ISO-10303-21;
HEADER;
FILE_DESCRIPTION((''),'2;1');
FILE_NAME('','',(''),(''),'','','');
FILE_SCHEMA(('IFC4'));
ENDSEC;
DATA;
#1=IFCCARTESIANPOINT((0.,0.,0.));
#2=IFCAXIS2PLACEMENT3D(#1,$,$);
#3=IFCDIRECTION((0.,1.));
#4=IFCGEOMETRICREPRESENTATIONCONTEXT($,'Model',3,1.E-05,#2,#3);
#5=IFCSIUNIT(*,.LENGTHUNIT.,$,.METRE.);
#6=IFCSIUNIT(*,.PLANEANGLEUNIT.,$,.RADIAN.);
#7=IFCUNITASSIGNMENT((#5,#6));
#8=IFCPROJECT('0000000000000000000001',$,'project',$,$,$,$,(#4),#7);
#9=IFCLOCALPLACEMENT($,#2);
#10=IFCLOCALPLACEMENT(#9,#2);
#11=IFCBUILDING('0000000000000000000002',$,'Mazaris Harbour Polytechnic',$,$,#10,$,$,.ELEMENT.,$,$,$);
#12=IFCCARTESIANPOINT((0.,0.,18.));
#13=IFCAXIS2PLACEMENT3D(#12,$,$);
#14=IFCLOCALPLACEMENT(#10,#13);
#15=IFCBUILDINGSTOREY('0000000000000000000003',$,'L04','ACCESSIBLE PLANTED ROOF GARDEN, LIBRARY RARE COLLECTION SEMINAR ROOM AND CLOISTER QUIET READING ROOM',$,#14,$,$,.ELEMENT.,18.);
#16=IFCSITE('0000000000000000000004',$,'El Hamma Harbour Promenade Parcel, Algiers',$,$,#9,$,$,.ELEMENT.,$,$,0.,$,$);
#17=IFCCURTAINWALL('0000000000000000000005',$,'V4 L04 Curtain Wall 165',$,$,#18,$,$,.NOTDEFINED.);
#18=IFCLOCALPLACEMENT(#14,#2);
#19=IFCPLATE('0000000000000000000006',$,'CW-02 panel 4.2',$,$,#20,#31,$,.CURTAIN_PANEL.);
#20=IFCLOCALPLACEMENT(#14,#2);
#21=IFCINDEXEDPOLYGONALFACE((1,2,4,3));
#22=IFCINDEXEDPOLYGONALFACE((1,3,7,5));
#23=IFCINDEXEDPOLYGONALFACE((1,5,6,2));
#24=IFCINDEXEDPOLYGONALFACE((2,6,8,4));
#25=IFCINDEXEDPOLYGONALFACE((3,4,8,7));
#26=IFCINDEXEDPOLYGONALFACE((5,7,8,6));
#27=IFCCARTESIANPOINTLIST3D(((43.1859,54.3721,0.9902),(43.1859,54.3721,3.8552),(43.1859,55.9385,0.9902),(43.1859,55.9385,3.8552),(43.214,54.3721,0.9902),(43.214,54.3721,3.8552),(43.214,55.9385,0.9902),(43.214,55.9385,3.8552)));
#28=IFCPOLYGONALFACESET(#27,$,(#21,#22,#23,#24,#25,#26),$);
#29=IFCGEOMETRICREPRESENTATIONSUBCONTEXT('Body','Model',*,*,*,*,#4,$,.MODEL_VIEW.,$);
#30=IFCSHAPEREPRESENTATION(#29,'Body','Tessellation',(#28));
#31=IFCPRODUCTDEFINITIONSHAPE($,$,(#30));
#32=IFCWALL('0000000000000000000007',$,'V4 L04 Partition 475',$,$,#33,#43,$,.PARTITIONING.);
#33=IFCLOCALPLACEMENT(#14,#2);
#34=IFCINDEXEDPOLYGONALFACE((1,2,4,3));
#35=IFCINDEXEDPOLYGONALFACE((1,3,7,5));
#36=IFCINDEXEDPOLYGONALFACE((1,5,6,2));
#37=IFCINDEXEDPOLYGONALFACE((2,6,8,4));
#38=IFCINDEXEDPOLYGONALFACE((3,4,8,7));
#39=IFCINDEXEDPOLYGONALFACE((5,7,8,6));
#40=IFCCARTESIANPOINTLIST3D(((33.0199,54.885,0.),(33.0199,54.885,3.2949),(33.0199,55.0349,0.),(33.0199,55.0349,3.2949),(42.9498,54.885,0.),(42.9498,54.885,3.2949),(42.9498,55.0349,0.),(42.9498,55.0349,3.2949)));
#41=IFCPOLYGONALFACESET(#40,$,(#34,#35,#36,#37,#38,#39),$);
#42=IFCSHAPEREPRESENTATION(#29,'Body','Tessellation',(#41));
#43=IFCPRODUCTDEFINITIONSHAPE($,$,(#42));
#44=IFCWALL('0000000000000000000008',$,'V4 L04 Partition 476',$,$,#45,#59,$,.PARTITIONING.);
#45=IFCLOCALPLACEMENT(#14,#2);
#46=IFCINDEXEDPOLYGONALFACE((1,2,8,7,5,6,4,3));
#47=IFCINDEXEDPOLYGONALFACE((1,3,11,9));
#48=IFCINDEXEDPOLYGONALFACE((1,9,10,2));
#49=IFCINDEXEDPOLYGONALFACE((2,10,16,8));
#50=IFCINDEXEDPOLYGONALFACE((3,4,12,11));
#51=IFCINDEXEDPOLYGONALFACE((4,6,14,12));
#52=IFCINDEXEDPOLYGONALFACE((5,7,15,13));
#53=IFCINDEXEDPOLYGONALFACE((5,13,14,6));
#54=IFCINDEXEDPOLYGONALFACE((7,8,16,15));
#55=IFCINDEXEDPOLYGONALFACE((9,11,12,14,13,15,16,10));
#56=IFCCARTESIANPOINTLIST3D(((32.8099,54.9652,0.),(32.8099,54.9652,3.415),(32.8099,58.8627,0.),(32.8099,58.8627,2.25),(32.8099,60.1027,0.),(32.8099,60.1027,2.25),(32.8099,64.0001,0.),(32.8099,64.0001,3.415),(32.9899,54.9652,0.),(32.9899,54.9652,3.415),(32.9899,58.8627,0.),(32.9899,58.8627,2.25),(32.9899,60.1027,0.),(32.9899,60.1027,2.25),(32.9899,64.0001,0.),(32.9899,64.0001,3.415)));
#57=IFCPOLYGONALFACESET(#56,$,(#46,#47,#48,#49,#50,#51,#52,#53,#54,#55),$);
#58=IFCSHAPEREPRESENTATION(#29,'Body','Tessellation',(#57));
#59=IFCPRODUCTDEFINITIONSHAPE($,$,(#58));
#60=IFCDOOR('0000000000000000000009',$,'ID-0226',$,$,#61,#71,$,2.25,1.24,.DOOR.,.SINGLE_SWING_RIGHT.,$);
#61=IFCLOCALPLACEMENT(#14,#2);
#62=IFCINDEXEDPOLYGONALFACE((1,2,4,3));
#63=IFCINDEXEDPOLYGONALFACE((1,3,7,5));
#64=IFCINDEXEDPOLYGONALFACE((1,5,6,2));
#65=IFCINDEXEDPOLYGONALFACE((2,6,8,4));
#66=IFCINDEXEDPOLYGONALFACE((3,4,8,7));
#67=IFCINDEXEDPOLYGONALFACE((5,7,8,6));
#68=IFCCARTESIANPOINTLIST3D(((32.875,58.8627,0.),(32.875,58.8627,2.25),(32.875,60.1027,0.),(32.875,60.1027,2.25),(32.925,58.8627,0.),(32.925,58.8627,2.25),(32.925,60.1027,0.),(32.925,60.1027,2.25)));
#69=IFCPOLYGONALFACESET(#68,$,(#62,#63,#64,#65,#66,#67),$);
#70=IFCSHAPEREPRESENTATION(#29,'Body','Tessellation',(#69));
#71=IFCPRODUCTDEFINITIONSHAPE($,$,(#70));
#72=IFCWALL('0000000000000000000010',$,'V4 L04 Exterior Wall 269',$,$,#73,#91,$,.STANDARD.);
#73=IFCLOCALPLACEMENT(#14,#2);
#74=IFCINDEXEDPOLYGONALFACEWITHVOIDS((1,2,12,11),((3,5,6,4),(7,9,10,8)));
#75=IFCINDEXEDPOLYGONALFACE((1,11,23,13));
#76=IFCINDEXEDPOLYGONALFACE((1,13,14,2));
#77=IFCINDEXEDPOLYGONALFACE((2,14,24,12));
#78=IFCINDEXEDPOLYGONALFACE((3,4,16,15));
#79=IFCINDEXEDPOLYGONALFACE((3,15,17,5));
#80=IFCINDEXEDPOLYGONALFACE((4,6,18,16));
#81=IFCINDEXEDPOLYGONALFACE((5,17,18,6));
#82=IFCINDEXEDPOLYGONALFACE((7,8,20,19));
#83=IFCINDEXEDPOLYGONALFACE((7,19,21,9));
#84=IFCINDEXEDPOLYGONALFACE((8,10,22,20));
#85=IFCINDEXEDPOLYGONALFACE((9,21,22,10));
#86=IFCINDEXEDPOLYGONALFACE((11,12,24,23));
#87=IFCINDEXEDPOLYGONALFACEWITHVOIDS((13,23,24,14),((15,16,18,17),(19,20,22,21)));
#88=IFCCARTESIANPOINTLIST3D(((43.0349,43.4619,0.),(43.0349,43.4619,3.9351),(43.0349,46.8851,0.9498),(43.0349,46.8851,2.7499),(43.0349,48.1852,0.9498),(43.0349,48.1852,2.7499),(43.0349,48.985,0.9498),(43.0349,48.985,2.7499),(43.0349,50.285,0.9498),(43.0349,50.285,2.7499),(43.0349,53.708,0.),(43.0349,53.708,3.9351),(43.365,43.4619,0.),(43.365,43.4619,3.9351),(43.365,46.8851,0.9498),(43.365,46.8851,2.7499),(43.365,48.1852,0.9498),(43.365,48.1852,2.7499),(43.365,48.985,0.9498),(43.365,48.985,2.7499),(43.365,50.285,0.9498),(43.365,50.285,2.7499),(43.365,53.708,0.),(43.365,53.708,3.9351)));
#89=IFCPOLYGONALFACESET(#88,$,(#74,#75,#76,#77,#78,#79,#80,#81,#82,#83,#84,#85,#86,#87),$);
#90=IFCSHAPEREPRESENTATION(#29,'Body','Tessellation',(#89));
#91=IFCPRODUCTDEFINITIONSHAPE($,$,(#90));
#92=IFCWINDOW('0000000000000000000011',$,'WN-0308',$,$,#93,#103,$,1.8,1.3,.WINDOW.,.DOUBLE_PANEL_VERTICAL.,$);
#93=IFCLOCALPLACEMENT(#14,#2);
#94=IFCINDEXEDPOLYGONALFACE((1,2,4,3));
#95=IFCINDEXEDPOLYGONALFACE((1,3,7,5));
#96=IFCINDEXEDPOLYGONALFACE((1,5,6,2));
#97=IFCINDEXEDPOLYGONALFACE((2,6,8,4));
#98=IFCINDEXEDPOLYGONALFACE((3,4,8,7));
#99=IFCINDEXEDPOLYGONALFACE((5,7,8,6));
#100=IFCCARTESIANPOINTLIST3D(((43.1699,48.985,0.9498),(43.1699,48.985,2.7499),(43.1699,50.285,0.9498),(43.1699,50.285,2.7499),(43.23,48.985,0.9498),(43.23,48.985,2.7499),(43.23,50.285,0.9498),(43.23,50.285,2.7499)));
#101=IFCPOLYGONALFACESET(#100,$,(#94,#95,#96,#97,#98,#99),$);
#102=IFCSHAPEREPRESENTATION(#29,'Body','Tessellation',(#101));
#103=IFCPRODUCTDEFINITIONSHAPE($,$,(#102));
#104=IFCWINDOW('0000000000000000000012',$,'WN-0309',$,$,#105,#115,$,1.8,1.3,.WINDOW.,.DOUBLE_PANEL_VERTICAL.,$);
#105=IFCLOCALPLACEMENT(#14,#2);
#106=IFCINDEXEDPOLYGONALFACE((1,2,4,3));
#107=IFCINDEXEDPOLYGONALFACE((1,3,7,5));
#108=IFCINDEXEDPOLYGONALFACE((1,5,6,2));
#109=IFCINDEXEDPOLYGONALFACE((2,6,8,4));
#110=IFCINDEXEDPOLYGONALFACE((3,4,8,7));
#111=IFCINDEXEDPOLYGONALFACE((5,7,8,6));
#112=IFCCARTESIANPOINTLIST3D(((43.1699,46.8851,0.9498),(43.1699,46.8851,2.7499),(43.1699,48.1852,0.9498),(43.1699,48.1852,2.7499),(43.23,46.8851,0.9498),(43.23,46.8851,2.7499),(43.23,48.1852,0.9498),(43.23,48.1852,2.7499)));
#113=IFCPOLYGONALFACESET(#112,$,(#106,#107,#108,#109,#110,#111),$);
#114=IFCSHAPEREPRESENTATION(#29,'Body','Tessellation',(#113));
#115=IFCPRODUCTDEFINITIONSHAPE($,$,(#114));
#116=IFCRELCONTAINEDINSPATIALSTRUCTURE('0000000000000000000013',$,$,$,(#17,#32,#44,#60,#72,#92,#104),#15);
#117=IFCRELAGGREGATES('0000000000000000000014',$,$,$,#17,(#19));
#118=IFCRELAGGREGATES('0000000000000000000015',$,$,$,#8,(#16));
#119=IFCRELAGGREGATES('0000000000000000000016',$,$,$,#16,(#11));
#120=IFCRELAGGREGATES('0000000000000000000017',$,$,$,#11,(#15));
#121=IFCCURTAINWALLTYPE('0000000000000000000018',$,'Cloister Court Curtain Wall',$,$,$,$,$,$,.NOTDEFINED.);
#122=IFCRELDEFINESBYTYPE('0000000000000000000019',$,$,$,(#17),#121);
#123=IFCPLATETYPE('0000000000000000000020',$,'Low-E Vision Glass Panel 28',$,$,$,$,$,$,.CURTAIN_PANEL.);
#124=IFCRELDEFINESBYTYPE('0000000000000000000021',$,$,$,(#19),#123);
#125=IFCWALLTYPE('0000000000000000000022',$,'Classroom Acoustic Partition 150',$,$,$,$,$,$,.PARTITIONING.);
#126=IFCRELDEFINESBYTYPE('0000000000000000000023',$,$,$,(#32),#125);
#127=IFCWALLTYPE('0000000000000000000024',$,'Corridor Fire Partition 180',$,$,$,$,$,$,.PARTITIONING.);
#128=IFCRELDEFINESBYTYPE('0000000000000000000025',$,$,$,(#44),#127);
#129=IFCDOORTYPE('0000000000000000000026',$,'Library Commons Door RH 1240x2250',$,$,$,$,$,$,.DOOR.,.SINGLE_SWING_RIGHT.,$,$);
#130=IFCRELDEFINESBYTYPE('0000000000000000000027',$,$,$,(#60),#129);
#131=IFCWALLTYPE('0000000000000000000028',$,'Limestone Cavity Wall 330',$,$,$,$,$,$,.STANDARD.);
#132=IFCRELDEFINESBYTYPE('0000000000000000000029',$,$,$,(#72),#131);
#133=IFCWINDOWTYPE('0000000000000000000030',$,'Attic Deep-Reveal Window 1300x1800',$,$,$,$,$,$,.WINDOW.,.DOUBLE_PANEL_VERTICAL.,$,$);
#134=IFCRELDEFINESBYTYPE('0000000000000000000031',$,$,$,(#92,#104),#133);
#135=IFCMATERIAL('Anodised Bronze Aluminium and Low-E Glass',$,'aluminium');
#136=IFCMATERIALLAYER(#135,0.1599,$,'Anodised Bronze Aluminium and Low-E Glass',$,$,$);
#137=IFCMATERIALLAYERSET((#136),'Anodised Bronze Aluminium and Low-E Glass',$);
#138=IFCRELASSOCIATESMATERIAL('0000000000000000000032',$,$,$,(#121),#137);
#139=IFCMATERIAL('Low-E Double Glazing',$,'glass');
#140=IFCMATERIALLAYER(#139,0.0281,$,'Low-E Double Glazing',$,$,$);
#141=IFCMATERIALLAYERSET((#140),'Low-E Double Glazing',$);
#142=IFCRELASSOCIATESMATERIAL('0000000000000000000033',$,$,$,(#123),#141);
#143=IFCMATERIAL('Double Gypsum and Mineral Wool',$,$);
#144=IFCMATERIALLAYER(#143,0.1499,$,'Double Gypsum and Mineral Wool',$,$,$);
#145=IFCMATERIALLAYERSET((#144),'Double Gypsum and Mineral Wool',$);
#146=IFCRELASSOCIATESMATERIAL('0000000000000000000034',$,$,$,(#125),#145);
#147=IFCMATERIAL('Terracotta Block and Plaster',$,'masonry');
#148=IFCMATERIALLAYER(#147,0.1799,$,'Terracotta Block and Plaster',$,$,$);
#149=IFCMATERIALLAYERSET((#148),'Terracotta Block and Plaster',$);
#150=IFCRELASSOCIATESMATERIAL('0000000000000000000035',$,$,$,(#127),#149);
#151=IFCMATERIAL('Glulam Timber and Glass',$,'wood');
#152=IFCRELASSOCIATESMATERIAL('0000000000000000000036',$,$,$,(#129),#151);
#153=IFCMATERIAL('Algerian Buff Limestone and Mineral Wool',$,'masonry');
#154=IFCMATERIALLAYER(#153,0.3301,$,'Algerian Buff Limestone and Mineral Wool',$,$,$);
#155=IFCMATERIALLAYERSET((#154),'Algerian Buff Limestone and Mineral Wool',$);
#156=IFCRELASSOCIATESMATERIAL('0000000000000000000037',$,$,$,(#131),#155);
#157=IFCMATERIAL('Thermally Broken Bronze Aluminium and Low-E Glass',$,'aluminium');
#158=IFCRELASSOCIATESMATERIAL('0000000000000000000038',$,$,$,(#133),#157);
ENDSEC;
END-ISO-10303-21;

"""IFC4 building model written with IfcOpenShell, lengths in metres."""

from ifc_helpers import new_model, si_unit, direction, frame, frame_2d, origin, origin_2d, place, context, subcontext, project, spatial, rectangle, extrude, material, layer, layer_set, type_object, element, fill, aggregate, save


model = new_model("IFC4")

# Units and contexts
model_context = context("Model", 3, precision=1e-05, world=origin(), true_north=direction((0.0, 1.0)))
body_context = subcontext(model_context, "Body", "Model", "MODEL_VIEW")
ifc_project = project(units=[si_unit("LENGTHUNIT", "METRE"), si_unit("PLANEANGLEUNIT", "RADIAN")], contexts=[model_context])

# Site, building, storey
site_placement = place(None, origin())
site = spatial("IfcSite", under=ifc_project, at=site_placement, Name="El Hamma Harbour Promenade Parcel, Algiers", CompositionType="ELEMENT", RefElevation=0.0)
building_placement = place(site_placement, origin())
building = spatial("IfcBuilding", under=site, at=building_placement, Name="Mazaris Harbour Polytechnic", CompositionType="ELEMENT")
storey_placement = place(building_placement, frame((0.0, 0.0, 18.0)))
storey = spatial("IfcBuildingStorey", under=building, at=storey_placement, Name="L04", Description="ACCESSIBLE PLANTED ROOF GARDEN, LIBRARY RARE COLLECTION SEMINAR ROOM AND CLOISTER QUIET READING ROOM", CompositionType="ELEMENT", Elevation=18.0)

# Curtain wall
ifc_material_1 = material(Name="Anodised Bronze Aluminium and Low-E Glass", Category="aluminium")
ifc_layer_1 = layer(ifc_material_1, 0.1599, Name="Anodised Bronze Aluminium and Low-E Glass")
ifc_layer_set_1 = layer_set([ifc_layer_1], Name="Anodised Bronze Aluminium and Low-E Glass")
curtain_wall_type = type_object("IfcCurtainWallType", Name="Cloister Court Curtain Wall", PredefinedType="NOTDEFINED", material=ifc_layer_set_1)
curtain_wall_1_placement = place(storey_placement, origin())
curtain_wall_1 = element("IfcCurtainWall", 1, at=curtain_wall_1_placement, inside=storey, type_object=curtain_wall_type, Name="V4 L04 Curtain Wall 165", PredefinedType="NOTDEFINED")

# Plate
ifc_material_2 = material(Name="Low-E Double Glazing", Category="glass")
ifc_layer_2 = layer(ifc_material_2, 0.0281, Name="Low-E Double Glazing")
ifc_layer_set_2 = layer_set([ifc_layer_2], Name="Low-E Double Glazing")
plate_type = type_object("IfcPlateType", Name="Low-E Vision Glass Panel 28", PredefinedType="CURTAIN_PANEL", material=ifc_layer_set_2)
plate_1_placement = place(storey_placement, frame((43.2, 55.1553, 0.9902), z_axis=(0.0, 0.0, 1.0), x_axis=(0.0, -1.0, 0.0)))
plate_1 = element("IfcPlate", 2, at=plate_1_placement, type_object=plate_type, Name="CW-02 panel 4.2", PredefinedType="CURTAIN_PANEL", context=body_context, shape_type="SweptSolid", body=[
    extrude(rectangle(XDim=1.5664, YDim=0.0281, at=origin_2d()), origin(), (0.0, 0.0, 1.0), 2.865),
])
aggregate(curtain_wall_1, [plate_1])

# Wall
ifc_material_3 = material(Name="Double Gypsum and Mineral Wool")
ifc_layer_3 = layer(ifc_material_3, 0.1499, Name="Double Gypsum and Mineral Wool")
ifc_layer_set_3 = layer_set([ifc_layer_3], Name="Double Gypsum and Mineral Wool")
wall_type_1 = type_object("IfcWallType", Name="Classroom Acoustic Partition 150", PredefinedType="PARTITIONING", material=ifc_layer_set_3)
wall_1_placement = place(storey_placement, frame((33.02, 54.96, 0.0), z_axis=(0.0, 0.0, 1.0), x_axis=(1.0, 0.0, 0.0)))
element("IfcWall", 3, at=wall_1_placement, inside=storey, type_object=wall_type_1, Name="V4 L04 Partition 475", PredefinedType="PARTITIONING", context=body_context, shape_type="SweptSolid", body=[
    extrude(rectangle(XDim=9.9299, YDim=0.1499, at=frame_2d((4.9648, 0.0))), origin(), (0.0, 0.0, 1.0), 3.2949),
])

# Wall, opening, door
ifc_material_4 = material(Name="Terracotta Block and Plaster", Category="masonry")
ifc_layer_4 = layer(ifc_material_4, 0.1799, Name="Terracotta Block and Plaster")
ifc_layer_set_4 = layer_set([ifc_layer_4], Name="Terracotta Block and Plaster")
wall_type_2 = type_object("IfcWallType", Name="Corridor Fire Partition 180", PredefinedType="PARTITIONING", material=ifc_layer_set_4)
wall_2_placement = place(storey_placement, frame((32.8999, 54.9651, 0.0), z_axis=(0.0, 0.0, 1.0), x_axis=(0.0, 1.0, 0.0)))
wall_2 = element("IfcWall", 4, at=wall_2_placement, inside=storey, type_object=wall_type_2, Name="V4 L04 Partition 476", PredefinedType="PARTITIONING", context=body_context, shape_type="SweptSolid", body=[
    extrude(rectangle(XDim=9.0349, YDim=0.1799, at=frame_2d((4.5176, 0.0))), origin(), (0.0, 0.0, 1.0), 3.415),
])
opening_1_placement = place(wall_2_placement, frame((3.8975, 0.0, 0.0)))
opening_1 = element("IfcOpeningElement", 5, at=opening_1_placement, cuts=wall_2, PredefinedType="OPENING", context=body_context, shape_type="SweptSolid", body=[
    extrude(rectangle(XDim=1.24, YDim=2.25, at=frame_2d((0.6201, 1.125))), frame((0.0, 0.0999, 0.0), z_axis=(0.0, -1.0, 0.0), x_axis=(1.0, 0.0, 0.0)), (0.0, 0.0, 1.0), 0.2),
])
ifc_material_5 = material(Name="Glulam Timber and Glass", Category="wood")
door_type = type_object("IfcDoorType", Name="Library Commons Door RH 1240x2250", OperationType="SINGLE_SWING_RIGHT", PredefinedType="DOOR", material=ifc_material_5)
door_placement = place(opening_1_placement, origin())
door = element("IfcDoor", 6, at=door_placement, inside=storey, type_object=door_type, Name="ID-0226", OperationType="SINGLE_SWING_RIGHT", OverallHeight=2.25, OverallWidth=1.24, PredefinedType="DOOR", context=body_context, shape_type="SweptSolid", body=[
    extrude(rectangle(XDim=1.24, YDim=2.25, at=frame_2d((0.6201, 1.125))), frame((0.0, 0.0249, 0.0), z_axis=(0.0, -1.0, 0.0), x_axis=(1.0, 0.0, 0.0)), (0.0, 0.0, 1.0), 0.05),
])
fill(opening_1, door)

# Wall, openings, windows
ifc_material_6 = material(Name="Algerian Buff Limestone and Mineral Wool", Category="masonry")
ifc_layer_5 = layer(ifc_material_6, 0.3301, Name="Algerian Buff Limestone and Mineral Wool")
ifc_layer_set_5 = layer_set([ifc_layer_5], Name="Algerian Buff Limestone and Mineral Wool")
wall_type_3 = type_object("IfcWallType", Name="Limestone Cavity Wall 330", PredefinedType="STANDARD", material=ifc_layer_set_5)
wall_3_placement = place(storey_placement, frame((43.2, 53.708, 0.0), z_axis=(0.0, 0.0, 1.0), x_axis=(0.0, -1.0, 0.0)))
wall_3 = element("IfcWall", 7, at=wall_3_placement, inside=storey, type_object=wall_type_3, Name="V4 L04 Exterior Wall 269", PredefinedType="STANDARD", context=body_context, shape_type="SweptSolid", body=[
    extrude(rectangle(XDim=10.2461, YDim=0.3301, at=frame_2d((5.123, 0.0))), origin(), (0.0, 0.0, 1.0), 3.9351),
])
opening_2_placement = place(wall_3_placement, frame((3.4231, 0.0, 0.95)))
opening_2 = element("IfcOpeningElement", 8, at=opening_2_placement, cuts=wall_3, PredefinedType="OPENING", context=body_context, shape_type="SweptSolid", body=[
    extrude(rectangle(XDim=1.3, YDim=1.8, at=frame_2d((0.6499, 0.8999))), frame((0.0, 0.175, 0.0), z_axis=(0.0, -1.0, 0.0), x_axis=(1.0, 0.0, 0.0)), (0.0, 0.0, 1.0), 0.3501),
])
opening_3_placement = place(wall_3_placement, frame((5.5229, 0.0, 0.95)))
opening_3 = element("IfcOpeningElement", 9, at=opening_3_placement, cuts=wall_3, PredefinedType="OPENING", context=body_context, shape_type="SweptSolid", body=[
    extrude(rectangle(XDim=1.3, YDim=1.8, at=frame_2d((0.6499, 0.8999))), frame((0.0, 0.175, 0.0), z_axis=(0.0, -1.0, 0.0), x_axis=(1.0, 0.0, 0.0)), (0.0, 0.0, 1.0), 0.3501),
])
ifc_material_7 = material(Name="Thermally Broken Bronze Aluminium and Low-E Glass", Category="aluminium")
window_type = type_object("IfcWindowType", Name="Attic Deep-Reveal Window 1300x1800", PartitioningType="DOUBLE_PANEL_VERTICAL", PredefinedType="WINDOW", material=ifc_material_7)
window_1_placement = place(opening_2_placement, origin())
window_1 = element("IfcWindow", 10, at=window_1_placement, inside=storey, type_object=window_type, Name="WN-0308", OverallHeight=1.8, OverallWidth=1.3, PartitioningType="DOUBLE_PANEL_VERTICAL", PredefinedType="WINDOW", context=body_context, shape_type="SweptSolid", body=[
    extrude(rectangle(XDim=1.3, YDim=1.8, at=frame_2d((0.6499, 0.8999))), frame((0.0, 0.03, 0.0), z_axis=(0.0, -1.0, 0.0), x_axis=(1.0, 0.0, 0.0)), (0.0, 0.0, 1.0), 0.0601),
])
fill(opening_2, window_1)
window_2_placement = place(opening_3_placement, origin())
window_2 = element("IfcWindow", 11, at=window_2_placement, inside=storey, type_object=window_type, Name="WN-0309", OverallHeight=1.8, OverallWidth=1.3, PartitioningType="DOUBLE_PANEL_VERTICAL", PredefinedType="WINDOW", context=body_context, shape_type="SweptSolid", body=[
    extrude(rectangle(XDim=1.3, YDim=1.8, at=frame_2d((0.6499, 0.8999))), frame((0.0, 0.03, 0.0), z_axis=(0.0, -1.0, 0.0), x_axis=(1.0, 0.0, 0.0)), (0.0, 0.0, 1.0), 0.0601),
])
fill(opening_3, window_2)

save(model, "model.ifc")
